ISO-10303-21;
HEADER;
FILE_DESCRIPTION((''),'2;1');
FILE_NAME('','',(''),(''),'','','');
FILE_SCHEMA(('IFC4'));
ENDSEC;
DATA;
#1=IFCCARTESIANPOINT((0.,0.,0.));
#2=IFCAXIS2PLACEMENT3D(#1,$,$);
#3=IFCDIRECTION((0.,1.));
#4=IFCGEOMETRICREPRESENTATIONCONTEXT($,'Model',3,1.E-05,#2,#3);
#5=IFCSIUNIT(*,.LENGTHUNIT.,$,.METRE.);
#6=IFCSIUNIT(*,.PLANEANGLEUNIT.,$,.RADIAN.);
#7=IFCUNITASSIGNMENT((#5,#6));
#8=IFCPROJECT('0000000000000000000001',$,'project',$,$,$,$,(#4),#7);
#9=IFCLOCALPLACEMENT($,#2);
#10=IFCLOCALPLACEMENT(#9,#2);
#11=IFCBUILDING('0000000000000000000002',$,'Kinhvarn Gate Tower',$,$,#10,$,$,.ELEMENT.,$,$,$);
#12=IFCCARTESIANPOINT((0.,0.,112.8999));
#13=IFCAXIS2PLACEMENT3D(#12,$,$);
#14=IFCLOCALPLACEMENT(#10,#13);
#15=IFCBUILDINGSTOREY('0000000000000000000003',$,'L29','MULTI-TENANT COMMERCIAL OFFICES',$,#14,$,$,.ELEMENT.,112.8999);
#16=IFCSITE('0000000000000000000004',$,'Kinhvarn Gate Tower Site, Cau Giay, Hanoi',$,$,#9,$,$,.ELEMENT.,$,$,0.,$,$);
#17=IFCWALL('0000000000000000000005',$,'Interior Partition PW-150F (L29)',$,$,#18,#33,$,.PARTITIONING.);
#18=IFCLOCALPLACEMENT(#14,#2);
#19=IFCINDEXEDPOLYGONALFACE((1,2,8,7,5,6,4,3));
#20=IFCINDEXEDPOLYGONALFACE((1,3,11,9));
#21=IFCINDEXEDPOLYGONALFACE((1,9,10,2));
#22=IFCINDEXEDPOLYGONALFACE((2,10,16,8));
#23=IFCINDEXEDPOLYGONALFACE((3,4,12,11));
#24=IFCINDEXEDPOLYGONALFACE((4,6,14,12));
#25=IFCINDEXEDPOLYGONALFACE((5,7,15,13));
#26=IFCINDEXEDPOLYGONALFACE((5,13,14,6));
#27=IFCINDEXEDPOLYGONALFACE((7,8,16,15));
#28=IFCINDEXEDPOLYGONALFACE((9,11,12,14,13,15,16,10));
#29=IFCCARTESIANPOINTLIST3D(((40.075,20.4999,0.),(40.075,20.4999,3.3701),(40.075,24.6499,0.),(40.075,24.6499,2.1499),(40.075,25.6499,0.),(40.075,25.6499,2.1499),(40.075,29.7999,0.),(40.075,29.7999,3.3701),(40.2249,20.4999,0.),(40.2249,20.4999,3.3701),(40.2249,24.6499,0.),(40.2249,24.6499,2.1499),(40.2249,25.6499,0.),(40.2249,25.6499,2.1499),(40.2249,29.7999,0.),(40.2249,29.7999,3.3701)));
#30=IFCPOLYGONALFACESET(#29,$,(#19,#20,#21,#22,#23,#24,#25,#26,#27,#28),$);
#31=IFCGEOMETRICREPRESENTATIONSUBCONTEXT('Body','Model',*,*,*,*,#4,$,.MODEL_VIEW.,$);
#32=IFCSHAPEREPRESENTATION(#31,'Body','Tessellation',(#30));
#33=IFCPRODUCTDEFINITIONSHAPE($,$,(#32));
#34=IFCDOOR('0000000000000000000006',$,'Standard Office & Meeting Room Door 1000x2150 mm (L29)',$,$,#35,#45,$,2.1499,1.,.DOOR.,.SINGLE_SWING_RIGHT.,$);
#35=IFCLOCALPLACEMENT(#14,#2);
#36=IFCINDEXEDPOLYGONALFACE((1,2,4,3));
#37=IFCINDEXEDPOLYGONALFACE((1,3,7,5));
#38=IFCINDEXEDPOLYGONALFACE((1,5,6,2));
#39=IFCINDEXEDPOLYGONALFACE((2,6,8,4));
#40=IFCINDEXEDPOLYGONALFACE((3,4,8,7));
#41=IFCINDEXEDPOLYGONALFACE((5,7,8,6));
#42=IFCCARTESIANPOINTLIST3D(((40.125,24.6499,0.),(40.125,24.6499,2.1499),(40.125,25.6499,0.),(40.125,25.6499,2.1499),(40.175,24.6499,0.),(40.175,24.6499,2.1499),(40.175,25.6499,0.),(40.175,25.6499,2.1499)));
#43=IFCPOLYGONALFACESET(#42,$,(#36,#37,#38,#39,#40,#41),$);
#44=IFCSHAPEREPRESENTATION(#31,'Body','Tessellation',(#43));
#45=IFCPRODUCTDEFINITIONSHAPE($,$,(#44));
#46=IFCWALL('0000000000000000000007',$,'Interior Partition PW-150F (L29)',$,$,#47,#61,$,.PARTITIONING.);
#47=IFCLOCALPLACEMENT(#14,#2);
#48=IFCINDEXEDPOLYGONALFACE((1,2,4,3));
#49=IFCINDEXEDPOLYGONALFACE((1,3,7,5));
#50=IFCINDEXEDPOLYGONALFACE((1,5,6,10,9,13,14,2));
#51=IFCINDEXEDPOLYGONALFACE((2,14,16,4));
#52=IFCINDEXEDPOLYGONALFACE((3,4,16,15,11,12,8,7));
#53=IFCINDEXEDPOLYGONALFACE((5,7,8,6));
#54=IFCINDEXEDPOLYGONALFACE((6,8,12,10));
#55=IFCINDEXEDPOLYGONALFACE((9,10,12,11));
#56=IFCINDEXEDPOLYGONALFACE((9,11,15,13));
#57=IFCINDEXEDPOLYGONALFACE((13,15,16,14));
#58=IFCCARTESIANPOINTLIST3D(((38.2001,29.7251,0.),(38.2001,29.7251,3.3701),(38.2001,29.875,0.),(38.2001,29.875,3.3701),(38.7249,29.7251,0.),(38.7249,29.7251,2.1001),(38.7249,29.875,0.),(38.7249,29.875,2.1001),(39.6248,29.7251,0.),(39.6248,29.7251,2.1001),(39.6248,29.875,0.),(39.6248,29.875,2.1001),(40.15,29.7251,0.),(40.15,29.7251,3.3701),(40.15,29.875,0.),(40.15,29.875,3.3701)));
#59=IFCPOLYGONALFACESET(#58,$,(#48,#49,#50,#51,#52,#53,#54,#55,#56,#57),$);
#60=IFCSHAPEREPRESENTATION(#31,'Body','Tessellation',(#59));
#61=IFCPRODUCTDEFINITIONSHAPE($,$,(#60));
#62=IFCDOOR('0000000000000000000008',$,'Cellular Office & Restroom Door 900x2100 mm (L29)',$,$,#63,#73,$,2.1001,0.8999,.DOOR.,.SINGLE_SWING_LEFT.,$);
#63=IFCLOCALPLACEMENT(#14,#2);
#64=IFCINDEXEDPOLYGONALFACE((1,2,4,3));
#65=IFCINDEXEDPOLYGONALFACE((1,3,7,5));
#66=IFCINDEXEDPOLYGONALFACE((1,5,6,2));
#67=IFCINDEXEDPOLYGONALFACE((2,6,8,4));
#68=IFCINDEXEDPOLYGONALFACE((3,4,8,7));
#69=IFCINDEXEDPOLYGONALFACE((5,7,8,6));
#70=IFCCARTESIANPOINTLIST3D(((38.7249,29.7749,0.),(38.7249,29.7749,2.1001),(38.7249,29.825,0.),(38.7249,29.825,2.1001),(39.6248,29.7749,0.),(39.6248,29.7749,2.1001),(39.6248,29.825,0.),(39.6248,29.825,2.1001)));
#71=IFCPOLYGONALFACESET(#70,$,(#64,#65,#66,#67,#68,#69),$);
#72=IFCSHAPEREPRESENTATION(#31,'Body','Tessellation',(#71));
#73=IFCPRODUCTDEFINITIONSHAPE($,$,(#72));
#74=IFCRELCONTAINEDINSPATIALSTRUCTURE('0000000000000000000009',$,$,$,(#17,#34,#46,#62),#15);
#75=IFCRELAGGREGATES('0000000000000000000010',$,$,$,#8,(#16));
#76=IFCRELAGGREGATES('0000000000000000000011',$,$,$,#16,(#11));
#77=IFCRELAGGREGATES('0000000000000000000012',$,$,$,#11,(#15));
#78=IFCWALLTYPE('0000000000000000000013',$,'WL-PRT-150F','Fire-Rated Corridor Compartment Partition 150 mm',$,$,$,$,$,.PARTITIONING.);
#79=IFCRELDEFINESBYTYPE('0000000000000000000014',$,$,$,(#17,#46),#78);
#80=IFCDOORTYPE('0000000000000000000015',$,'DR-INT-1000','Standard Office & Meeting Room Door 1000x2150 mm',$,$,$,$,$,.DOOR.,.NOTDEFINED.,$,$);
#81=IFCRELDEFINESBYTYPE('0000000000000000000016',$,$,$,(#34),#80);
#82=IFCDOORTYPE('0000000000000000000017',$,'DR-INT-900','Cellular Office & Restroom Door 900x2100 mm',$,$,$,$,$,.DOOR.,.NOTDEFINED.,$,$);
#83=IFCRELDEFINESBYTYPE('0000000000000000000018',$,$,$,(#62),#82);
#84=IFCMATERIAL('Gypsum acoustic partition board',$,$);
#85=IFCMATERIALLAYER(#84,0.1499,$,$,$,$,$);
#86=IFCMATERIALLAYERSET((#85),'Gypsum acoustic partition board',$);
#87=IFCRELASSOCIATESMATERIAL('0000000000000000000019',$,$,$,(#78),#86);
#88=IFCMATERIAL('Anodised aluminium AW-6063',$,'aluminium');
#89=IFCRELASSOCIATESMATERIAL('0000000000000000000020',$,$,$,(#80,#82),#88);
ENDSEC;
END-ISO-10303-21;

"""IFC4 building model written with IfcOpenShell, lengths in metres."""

from ifc_helpers import new_model, si_unit, direction, frame, frame_2d, origin, place, context, subcontext, project, spatial, rectangle, extrude, material, layer, layer_set, type_object, element, fill, save


model = new_model("IFC4")

# Units and contexts
model_context = context("Model", 3, precision=1e-05, world=origin(), true_north=direction((0.0, 1.0)))
body_context = subcontext(model_context, "Body", "Model", "MODEL_VIEW")
ifc_project = project(units=[si_unit("LENGTHUNIT", "METRE"), si_unit("PLANEANGLEUNIT", "RADIAN")], contexts=[model_context])

# Site, building, storey
site_placement = place(None, origin())
site = spatial("IfcSite", under=ifc_project, at=site_placement, Name="Kinhvarn Gate Tower Site, Cau Giay, Hanoi", CompositionType="ELEMENT", RefElevation=0.0)
building_placement = place(site_placement, origin())
building = spatial("IfcBuilding", under=site, at=building_placement, Name="Kinhvarn Gate Tower", CompositionType="ELEMENT")
storey_placement = place(building_placement, frame((0.0, 0.0, 112.8999)))
storey = spatial("IfcBuildingStorey", under=building, at=storey_placement, Name="L29", Description="MULTI-TENANT COMMERCIAL OFFICES", CompositionType="ELEMENT", Elevation=112.8999)

# Shared definitions
ifc_material_1 = material(Name="Anodised aluminium AW-6063", Category="aluminium")

# Shared definitions
ifc_material_2 = material(Name="Gypsum acoustic partition board")

# Walls, openings, doors
ifc_layer_1 = layer(ifc_material_2, 0.1499)
ifc_layer_set_1 = layer_set([ifc_layer_1], Name="Gypsum acoustic partition board")
wall_type_1 = type_object("IfcWallType", Name="WL-PRT-150F", Description="Fire-Rated Corridor Compartment Partition 150 mm", PredefinedType="PARTITIONING", material=ifc_layer_set_1)
wall_1_placement = place(storey_placement, frame((40.1499, 20.5, 0.0), z_axis=(0.0, 0.0, 1.0), x_axis=(0.0, 1.0, 0.0)))
wall_1 = element("IfcWall", 1, at=wall_1_placement, inside=storey, type_object=wall_type_1, Name="Interior Partition PW-150F (L29)", PredefinedType="PARTITIONING", context=body_context, shape_type="SweptSolid", body=[
    extrude(rectangle(XDim=9.3, YDim=0.1499, at=frame_2d((4.6499, 0.0))), origin(), (0.0, 0.0, 1.0), 3.3701),
])
opening_1_placement = place(wall_1_placement, frame((4.1499, 0.0, 0.0)))
opening_1 = element("IfcOpeningElement", 2, at=opening_1_placement, cuts=wall_1, PredefinedType="OPENING", context=body_context, shape_type="SweptSolid", body=[
    extrude(rectangle(XDim=1.0, YDim=2.1499, at=frame_2d((0.5, 1.075))), frame((0.0, 0.085, 0.0), z_axis=(0.0, -1.0, 0.0), x_axis=(1.0, 0.0, 0.0)), (0.0, 0.0, 1.0), 0.1699),
])
door_type_1 = type_object("IfcDoorType", Name="DR-INT-1000", Description="Standard Office & Meeting Room Door 1000x2150 mm", OperationType="NOTDEFINED", PredefinedType="DOOR", material=ifc_material_1)
door_1_placement = place(opening_1_placement, origin())
door_1 = element("IfcDoor", 3, at=door_1_placement, inside=storey, type_object=door_type_1, Name="Standard Office & Meeting Room Door 1000x2150 mm (L29)", OperationType="SINGLE_SWING_RIGHT", OverallHeight=2.1499, OverallWidth=1.0, PredefinedType="DOOR", context=body_context, shape_type="SweptSolid", body=[
    extrude(rectangle(XDim=1.0, YDim=2.1499, at=frame_2d((0.5, 1.075))), frame((0.0, 0.0249, 0.0), z_axis=(0.0, -1.0, 0.0), x_axis=(1.0, 0.0, 0.0)), (0.0, 0.0, 1.0), 0.05),
])
fill(opening_1, door_1)
wall_2_placement = place(storey_placement, frame((38.2, 29.8, 0.0), z_axis=(0.0, 0.0, 1.0), x_axis=(1.0, 0.0, 0.0)))
wall_2 = element("IfcWall", 4, at=wall_2_placement, inside=storey, type_object=wall_type_1, Name="Interior Partition PW-150F (L29)", PredefinedType="PARTITIONING", context=body_context, shape_type="SweptSolid", body=[
    extrude(rectangle(XDim=1.95, YDim=0.1499, at=frame_2d((0.9751, 0.0))), origin(), (0.0, 0.0, 1.0), 3.3701),
])
opening_2_placement = place(wall_2_placement, frame((0.5249, 0.0, 0.0)))
opening_2 = element("IfcOpeningElement", 5, at=opening_2_placement, cuts=wall_2, PredefinedType="OPENING", context=body_context, shape_type="SweptSolid", body=[
    extrude(rectangle(XDim=0.8999, YDim=2.1001, at=frame_2d((0.45, 1.05))), frame((0.0, 0.085, 0.0), z_axis=(0.0, -1.0, 0.0), x_axis=(1.0, 0.0, 0.0)), (0.0, 0.0, 1.0), 0.1699),
])
door_type_2 = type_object("IfcDoorType", Name="DR-INT-900", Description="Cellular Office & Restroom Door 900x2100 mm", OperationType="NOTDEFINED", PredefinedType="DOOR", material=ifc_material_1)
door_2_placement = place(opening_2_placement, origin())
door_2 = element("IfcDoor", 6, at=door_2_placement, inside=storey, type_object=door_type_2, Name="Cellular Office & Restroom Door 900x2100 mm (L29)", OperationType="SINGLE_SWING_LEFT", OverallHeight=2.1001, OverallWidth=0.8999, PredefinedType="DOOR", context=body_context, shape_type="SweptSolid", body=[
    extrude(rectangle(XDim=0.8999, YDim=2.1001, at=frame_2d((0.45, 1.05))), frame((0.0, 0.0249, 0.0), z_axis=(0.0, -1.0, 0.0), x_axis=(1.0, 0.0, 0.0)), (0.0, 0.0, 1.0), 0.05),
])
fill(opening_2, door_2)

save(model, "model.ifc")
